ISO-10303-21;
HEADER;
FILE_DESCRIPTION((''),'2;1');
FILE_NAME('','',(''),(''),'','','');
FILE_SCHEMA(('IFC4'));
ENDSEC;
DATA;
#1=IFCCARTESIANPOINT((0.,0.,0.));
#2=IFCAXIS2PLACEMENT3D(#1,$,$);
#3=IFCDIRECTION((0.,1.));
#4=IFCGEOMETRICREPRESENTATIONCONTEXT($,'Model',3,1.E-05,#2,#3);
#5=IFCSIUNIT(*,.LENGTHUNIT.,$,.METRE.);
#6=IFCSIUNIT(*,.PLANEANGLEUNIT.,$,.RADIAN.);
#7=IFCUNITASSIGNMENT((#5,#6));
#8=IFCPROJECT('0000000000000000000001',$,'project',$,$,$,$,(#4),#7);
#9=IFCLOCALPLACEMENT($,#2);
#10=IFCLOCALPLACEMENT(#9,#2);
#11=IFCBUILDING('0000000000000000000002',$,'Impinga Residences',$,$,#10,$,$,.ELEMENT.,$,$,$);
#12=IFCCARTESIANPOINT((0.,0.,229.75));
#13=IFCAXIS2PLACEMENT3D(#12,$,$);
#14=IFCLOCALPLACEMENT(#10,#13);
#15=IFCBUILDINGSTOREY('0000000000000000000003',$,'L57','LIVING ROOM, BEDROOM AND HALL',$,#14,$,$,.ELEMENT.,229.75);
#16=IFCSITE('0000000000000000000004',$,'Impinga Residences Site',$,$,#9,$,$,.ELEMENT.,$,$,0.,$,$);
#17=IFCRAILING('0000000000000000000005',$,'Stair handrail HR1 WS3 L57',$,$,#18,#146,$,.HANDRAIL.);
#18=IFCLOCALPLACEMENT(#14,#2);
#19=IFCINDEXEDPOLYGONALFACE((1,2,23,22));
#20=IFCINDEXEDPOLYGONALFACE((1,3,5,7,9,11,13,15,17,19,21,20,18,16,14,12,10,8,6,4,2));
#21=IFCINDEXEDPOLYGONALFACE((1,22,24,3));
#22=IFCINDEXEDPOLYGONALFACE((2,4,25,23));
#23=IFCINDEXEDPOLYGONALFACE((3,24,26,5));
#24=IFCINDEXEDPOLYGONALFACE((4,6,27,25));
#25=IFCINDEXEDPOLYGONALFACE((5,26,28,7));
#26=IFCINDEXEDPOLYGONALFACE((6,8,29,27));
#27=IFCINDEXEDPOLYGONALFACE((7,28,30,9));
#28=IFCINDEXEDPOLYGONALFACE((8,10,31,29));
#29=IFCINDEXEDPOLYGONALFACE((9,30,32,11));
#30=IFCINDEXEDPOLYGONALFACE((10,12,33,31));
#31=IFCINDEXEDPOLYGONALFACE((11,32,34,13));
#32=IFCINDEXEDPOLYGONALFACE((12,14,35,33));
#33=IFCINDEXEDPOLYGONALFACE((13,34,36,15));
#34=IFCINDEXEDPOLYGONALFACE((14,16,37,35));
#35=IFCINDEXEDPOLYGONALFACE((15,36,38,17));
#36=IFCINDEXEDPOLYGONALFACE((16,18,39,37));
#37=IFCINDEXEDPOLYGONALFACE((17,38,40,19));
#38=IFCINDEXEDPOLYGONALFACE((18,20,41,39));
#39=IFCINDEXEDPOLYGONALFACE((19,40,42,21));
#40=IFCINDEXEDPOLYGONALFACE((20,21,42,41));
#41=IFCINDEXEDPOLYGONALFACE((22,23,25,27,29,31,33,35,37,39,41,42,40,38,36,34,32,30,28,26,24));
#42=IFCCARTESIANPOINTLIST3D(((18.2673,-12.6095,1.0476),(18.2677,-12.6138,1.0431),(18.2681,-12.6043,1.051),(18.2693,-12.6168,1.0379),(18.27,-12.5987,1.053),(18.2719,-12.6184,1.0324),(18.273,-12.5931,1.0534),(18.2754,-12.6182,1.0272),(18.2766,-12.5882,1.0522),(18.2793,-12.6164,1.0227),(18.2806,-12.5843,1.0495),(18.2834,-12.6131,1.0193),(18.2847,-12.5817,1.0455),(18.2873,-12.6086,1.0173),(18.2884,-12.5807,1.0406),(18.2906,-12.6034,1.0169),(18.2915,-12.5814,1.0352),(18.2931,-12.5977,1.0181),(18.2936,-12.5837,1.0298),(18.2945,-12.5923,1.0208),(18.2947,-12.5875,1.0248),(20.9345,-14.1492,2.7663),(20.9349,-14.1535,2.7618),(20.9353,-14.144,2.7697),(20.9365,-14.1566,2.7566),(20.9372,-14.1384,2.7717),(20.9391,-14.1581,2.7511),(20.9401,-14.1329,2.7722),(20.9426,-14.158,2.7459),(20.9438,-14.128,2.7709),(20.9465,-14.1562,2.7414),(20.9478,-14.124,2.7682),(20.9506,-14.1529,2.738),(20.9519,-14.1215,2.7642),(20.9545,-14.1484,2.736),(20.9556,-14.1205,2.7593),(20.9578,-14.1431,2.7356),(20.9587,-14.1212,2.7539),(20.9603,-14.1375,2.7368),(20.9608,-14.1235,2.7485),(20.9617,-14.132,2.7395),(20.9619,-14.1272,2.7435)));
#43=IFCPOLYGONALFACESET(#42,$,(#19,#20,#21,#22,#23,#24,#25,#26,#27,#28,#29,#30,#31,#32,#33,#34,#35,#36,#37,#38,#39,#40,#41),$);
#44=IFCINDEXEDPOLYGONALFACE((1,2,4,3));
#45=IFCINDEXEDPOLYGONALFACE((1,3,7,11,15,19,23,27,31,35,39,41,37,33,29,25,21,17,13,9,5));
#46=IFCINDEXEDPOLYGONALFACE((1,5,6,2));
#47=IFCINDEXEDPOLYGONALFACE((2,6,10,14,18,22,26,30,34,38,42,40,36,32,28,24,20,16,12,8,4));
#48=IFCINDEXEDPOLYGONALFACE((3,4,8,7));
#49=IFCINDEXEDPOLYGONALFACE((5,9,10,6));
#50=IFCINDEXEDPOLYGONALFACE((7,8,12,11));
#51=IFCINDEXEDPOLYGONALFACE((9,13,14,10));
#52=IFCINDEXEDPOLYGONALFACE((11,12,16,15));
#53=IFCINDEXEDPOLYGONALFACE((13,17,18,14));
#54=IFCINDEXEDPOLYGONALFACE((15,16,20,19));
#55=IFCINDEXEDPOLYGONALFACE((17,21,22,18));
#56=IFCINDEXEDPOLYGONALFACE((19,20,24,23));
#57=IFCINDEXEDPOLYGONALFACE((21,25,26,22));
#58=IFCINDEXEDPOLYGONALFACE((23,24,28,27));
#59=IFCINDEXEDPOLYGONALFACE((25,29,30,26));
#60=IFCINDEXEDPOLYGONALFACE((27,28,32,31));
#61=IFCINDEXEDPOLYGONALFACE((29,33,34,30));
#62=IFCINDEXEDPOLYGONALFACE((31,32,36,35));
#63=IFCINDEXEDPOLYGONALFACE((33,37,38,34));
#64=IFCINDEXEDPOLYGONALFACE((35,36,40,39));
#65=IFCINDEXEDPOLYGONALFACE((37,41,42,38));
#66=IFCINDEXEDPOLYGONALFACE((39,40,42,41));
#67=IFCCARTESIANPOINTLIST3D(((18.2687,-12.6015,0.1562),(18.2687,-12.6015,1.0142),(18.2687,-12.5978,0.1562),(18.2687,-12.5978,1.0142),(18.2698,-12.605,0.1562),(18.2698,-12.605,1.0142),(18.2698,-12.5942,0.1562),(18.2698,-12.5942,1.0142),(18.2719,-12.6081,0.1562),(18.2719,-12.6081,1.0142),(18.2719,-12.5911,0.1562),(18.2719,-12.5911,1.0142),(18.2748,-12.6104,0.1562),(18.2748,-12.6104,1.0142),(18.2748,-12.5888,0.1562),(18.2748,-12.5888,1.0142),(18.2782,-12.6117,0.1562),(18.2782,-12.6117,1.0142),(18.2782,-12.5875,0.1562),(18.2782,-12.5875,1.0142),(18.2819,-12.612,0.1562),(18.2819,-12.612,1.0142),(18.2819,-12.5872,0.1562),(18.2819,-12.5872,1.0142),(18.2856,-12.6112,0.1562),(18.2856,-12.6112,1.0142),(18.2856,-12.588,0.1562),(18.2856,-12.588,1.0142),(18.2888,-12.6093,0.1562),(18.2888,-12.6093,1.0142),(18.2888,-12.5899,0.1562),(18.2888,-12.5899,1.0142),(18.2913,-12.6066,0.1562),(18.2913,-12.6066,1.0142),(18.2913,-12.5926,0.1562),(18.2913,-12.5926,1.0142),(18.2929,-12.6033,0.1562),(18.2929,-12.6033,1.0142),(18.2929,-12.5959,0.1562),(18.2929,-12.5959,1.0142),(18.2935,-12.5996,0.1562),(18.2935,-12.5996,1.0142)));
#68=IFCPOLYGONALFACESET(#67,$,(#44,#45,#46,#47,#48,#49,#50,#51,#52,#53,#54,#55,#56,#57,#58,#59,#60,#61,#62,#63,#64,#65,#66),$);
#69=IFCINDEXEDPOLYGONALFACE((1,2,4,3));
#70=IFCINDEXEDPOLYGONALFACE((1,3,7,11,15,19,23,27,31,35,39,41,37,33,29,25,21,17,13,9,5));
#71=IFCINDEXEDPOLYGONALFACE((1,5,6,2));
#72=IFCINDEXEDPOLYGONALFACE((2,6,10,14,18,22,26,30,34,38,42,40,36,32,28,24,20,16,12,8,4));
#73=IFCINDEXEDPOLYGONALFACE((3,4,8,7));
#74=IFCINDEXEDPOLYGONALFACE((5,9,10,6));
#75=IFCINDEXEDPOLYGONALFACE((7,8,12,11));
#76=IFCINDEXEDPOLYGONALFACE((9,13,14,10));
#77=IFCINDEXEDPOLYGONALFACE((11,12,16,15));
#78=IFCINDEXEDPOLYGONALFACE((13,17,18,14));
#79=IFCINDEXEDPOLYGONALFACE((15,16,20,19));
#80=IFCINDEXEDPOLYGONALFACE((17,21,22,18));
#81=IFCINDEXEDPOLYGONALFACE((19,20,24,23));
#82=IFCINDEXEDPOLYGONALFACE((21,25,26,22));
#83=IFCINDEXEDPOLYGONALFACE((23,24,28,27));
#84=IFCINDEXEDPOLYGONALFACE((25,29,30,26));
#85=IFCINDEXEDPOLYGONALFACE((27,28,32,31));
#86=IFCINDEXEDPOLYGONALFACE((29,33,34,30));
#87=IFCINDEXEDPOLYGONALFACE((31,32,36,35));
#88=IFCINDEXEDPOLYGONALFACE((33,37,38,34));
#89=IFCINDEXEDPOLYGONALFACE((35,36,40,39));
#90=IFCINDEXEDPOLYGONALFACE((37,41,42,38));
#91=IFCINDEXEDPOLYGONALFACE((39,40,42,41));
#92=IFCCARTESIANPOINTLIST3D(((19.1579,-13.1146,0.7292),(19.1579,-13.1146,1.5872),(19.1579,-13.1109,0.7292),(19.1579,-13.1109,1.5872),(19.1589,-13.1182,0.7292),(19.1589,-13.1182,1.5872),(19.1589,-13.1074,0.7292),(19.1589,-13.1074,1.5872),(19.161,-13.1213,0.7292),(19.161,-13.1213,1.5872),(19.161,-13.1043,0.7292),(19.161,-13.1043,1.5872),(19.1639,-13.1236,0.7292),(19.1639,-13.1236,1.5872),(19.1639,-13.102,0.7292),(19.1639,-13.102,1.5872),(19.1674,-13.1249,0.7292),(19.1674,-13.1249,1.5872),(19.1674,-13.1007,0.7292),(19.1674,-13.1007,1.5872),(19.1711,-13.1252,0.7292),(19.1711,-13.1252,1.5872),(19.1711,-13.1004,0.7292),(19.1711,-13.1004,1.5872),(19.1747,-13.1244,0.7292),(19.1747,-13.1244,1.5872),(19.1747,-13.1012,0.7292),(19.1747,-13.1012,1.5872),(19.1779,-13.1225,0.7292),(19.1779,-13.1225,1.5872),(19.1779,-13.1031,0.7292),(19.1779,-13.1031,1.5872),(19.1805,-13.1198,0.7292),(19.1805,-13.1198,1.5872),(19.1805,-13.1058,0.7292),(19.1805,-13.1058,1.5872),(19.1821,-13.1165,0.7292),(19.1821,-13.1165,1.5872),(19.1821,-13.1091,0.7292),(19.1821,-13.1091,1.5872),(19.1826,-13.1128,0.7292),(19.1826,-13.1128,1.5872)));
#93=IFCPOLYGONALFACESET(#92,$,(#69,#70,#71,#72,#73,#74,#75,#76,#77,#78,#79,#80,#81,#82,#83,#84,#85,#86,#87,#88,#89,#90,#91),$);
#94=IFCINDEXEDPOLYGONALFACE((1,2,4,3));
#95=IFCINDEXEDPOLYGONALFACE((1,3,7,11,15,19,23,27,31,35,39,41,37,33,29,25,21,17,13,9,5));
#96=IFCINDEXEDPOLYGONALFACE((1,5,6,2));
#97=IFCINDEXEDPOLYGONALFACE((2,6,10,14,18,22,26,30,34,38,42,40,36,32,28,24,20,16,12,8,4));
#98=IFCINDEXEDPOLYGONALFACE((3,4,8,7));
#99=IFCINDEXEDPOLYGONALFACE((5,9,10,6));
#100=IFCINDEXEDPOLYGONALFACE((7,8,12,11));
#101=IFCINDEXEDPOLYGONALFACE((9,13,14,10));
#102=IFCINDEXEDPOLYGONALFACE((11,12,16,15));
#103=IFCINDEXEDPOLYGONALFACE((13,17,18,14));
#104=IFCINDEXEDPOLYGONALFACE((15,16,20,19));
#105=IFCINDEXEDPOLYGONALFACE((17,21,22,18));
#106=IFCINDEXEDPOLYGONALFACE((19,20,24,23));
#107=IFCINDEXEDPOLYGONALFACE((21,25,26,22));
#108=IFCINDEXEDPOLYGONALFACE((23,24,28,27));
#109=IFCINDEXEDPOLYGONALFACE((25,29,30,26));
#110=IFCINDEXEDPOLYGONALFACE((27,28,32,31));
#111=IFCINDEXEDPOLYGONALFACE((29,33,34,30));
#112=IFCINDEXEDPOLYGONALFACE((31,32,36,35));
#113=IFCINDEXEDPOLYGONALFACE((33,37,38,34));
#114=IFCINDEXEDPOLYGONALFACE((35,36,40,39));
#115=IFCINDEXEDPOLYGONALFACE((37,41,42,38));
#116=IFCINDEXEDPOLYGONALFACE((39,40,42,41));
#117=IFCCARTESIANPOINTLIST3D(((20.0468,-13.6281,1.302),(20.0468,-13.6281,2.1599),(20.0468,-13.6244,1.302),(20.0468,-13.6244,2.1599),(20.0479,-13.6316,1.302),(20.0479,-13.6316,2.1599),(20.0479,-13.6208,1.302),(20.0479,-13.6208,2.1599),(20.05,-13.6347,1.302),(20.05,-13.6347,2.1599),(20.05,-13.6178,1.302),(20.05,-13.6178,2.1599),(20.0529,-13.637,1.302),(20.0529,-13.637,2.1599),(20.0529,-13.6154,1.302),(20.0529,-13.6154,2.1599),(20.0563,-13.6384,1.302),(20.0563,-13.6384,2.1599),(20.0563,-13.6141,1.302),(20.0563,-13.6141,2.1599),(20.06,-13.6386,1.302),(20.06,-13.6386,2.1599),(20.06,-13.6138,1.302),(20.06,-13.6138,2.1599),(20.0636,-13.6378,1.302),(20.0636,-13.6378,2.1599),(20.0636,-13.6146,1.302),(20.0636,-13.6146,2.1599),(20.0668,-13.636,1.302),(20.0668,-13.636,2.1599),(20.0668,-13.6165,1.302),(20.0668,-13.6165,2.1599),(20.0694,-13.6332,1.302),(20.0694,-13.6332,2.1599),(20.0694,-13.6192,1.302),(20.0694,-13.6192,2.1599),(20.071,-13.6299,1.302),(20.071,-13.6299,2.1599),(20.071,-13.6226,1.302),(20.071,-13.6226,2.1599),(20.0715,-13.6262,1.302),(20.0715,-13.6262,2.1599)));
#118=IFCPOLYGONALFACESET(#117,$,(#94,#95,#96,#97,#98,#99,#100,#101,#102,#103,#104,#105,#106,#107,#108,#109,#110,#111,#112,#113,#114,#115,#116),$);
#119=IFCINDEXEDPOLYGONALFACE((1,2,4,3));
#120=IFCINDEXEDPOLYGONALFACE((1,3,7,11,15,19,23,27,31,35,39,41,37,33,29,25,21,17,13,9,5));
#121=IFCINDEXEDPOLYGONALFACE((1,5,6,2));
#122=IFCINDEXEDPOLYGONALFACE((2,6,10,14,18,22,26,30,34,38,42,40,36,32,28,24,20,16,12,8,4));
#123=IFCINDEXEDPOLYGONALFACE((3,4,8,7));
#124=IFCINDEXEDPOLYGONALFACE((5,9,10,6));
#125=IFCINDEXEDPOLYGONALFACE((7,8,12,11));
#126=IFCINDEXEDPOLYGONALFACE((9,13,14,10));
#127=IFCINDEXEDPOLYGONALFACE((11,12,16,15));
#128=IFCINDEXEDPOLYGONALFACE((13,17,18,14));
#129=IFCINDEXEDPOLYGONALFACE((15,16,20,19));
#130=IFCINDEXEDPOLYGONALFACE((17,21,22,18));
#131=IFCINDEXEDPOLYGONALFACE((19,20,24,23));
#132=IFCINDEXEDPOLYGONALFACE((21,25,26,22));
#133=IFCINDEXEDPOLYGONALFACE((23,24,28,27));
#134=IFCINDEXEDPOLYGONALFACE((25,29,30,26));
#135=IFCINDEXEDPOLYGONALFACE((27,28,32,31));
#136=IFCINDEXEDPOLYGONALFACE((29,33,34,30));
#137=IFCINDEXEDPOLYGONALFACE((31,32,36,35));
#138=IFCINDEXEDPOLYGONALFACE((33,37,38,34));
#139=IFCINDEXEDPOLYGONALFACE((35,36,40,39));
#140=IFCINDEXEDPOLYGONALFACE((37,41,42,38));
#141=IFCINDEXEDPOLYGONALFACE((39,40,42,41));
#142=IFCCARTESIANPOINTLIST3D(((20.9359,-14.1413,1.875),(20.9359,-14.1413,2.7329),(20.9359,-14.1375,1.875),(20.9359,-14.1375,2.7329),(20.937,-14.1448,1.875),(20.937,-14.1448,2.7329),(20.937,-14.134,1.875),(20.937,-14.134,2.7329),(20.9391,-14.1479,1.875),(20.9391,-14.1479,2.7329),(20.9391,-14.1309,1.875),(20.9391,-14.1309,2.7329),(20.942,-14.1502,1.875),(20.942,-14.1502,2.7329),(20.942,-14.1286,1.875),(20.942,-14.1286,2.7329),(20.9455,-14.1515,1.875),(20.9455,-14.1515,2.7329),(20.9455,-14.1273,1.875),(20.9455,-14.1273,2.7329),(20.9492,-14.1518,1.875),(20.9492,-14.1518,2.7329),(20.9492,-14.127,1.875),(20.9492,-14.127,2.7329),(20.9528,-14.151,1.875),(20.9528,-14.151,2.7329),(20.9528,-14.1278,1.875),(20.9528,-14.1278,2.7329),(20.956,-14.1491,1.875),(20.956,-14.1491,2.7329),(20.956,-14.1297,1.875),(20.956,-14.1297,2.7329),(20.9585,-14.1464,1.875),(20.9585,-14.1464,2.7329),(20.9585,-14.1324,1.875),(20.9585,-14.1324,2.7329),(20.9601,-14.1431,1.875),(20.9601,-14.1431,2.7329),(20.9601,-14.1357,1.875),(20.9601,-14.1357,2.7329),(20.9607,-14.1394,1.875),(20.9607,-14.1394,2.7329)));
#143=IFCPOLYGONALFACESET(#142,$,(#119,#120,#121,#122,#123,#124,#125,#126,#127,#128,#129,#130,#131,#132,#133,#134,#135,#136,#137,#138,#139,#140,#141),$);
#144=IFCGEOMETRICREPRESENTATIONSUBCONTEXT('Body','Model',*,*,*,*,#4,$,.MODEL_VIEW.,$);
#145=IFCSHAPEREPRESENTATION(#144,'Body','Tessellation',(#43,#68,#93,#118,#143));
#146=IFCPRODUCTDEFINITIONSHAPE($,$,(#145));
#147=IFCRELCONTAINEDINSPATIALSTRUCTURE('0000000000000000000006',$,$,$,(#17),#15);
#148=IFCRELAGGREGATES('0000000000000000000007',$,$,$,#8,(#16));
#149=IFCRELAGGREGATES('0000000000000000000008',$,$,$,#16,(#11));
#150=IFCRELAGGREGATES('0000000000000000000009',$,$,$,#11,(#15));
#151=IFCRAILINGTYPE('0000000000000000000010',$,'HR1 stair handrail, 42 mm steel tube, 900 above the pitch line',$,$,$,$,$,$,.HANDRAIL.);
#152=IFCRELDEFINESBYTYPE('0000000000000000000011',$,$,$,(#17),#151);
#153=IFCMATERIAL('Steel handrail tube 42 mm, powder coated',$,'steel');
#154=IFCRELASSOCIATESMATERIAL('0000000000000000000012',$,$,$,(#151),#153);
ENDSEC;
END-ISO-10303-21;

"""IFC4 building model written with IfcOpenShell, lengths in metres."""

from ifc_helpers import new_model, si_unit, direction, frame, origin, origin_2d, place, context, subcontext, project, spatial, circle, extrude, material, type_object, element, save


model = new_model("IFC4")

# Units and contexts
model_context = context("Model", 3, precision=1e-05, world=origin(), true_north=direction((0.0, 1.0)))
body_context = subcontext(model_context, "Body", "Model", "MODEL_VIEW")
ifc_project = project(units=[si_unit("LENGTHUNIT", "METRE"), si_unit("PLANEANGLEUNIT", "RADIAN")], contexts=[model_context])

# Site, building, storey
site_placement = place(None, origin())
site = spatial("IfcSite", under=ifc_project, at=site_placement, Name="Impinga Residences Site", CompositionType="ELEMENT", RefElevation=0.0)
building_placement = place(site_placement, origin())
building = spatial("IfcBuilding", under=site, at=building_placement, Name="Impinga Residences", CompositionType="ELEMENT")
storey_placement = place(building_placement, frame((0.0, 0.0, 229.75)))
storey = spatial("IfcBuildingStorey", under=building, at=storey_placement, Name="L57", Description="LIVING ROOM, BEDROOM AND HALL", CompositionType="ELEMENT", Elevation=229.75)

# Railing
ifc_material_1 = material(Name="Steel handrail tube 42 mm, powder coated", Category="steel")
railing_type_1 = type_object("IfcRailingType", Name="HR1 stair handrail, 42 mm steel tube, 900 above the pitch line", PredefinedType="HANDRAIL", material=ifc_material_1)
railing_1_placement = place(storey_placement, frame((18.281, -12.5996, 0.1562)))
element("IfcRailing", 1, at=railing_1_placement, inside=storey, type_object=railing_type_1, Name="Stair handrail HR1 WS3 L57", PredefinedType="HANDRAIL", context=body_context, shape_type="SweptSolid", body=[
    extrude(circle(Radius=0.021, at=origin_2d()), frame((0.0, 0.0, 0.8789), z_axis=(0.756249, -0.436582, 0.487322), x_axis=(0.499967, 0.866044, 0.0)), (0.0, 0.0, 1.0), 3.5269),
    extrude(circle(Radius=0.0125, at=origin_2d()), origin(), (0.0, 0.0, 1.0), 0.8579),
    extrude(circle(Radius=0.0125, at=origin_2d()), frame((0.8892, -0.5132, 0.573)), (0.0, 0.0, 1.0), 0.8579),
    extrude(circle(Radius=0.0125, at=origin_2d()), frame((1.7781, -1.0266, 1.1458)), (0.0, 0.0, 1.0), 0.8579),
    extrude(circle(Radius=0.0125, at=origin_2d()), frame((2.6672, -1.5398, 1.7188)), (0.0, 0.0, 1.0), 0.8579),
])

save(model, "model.ifc")
